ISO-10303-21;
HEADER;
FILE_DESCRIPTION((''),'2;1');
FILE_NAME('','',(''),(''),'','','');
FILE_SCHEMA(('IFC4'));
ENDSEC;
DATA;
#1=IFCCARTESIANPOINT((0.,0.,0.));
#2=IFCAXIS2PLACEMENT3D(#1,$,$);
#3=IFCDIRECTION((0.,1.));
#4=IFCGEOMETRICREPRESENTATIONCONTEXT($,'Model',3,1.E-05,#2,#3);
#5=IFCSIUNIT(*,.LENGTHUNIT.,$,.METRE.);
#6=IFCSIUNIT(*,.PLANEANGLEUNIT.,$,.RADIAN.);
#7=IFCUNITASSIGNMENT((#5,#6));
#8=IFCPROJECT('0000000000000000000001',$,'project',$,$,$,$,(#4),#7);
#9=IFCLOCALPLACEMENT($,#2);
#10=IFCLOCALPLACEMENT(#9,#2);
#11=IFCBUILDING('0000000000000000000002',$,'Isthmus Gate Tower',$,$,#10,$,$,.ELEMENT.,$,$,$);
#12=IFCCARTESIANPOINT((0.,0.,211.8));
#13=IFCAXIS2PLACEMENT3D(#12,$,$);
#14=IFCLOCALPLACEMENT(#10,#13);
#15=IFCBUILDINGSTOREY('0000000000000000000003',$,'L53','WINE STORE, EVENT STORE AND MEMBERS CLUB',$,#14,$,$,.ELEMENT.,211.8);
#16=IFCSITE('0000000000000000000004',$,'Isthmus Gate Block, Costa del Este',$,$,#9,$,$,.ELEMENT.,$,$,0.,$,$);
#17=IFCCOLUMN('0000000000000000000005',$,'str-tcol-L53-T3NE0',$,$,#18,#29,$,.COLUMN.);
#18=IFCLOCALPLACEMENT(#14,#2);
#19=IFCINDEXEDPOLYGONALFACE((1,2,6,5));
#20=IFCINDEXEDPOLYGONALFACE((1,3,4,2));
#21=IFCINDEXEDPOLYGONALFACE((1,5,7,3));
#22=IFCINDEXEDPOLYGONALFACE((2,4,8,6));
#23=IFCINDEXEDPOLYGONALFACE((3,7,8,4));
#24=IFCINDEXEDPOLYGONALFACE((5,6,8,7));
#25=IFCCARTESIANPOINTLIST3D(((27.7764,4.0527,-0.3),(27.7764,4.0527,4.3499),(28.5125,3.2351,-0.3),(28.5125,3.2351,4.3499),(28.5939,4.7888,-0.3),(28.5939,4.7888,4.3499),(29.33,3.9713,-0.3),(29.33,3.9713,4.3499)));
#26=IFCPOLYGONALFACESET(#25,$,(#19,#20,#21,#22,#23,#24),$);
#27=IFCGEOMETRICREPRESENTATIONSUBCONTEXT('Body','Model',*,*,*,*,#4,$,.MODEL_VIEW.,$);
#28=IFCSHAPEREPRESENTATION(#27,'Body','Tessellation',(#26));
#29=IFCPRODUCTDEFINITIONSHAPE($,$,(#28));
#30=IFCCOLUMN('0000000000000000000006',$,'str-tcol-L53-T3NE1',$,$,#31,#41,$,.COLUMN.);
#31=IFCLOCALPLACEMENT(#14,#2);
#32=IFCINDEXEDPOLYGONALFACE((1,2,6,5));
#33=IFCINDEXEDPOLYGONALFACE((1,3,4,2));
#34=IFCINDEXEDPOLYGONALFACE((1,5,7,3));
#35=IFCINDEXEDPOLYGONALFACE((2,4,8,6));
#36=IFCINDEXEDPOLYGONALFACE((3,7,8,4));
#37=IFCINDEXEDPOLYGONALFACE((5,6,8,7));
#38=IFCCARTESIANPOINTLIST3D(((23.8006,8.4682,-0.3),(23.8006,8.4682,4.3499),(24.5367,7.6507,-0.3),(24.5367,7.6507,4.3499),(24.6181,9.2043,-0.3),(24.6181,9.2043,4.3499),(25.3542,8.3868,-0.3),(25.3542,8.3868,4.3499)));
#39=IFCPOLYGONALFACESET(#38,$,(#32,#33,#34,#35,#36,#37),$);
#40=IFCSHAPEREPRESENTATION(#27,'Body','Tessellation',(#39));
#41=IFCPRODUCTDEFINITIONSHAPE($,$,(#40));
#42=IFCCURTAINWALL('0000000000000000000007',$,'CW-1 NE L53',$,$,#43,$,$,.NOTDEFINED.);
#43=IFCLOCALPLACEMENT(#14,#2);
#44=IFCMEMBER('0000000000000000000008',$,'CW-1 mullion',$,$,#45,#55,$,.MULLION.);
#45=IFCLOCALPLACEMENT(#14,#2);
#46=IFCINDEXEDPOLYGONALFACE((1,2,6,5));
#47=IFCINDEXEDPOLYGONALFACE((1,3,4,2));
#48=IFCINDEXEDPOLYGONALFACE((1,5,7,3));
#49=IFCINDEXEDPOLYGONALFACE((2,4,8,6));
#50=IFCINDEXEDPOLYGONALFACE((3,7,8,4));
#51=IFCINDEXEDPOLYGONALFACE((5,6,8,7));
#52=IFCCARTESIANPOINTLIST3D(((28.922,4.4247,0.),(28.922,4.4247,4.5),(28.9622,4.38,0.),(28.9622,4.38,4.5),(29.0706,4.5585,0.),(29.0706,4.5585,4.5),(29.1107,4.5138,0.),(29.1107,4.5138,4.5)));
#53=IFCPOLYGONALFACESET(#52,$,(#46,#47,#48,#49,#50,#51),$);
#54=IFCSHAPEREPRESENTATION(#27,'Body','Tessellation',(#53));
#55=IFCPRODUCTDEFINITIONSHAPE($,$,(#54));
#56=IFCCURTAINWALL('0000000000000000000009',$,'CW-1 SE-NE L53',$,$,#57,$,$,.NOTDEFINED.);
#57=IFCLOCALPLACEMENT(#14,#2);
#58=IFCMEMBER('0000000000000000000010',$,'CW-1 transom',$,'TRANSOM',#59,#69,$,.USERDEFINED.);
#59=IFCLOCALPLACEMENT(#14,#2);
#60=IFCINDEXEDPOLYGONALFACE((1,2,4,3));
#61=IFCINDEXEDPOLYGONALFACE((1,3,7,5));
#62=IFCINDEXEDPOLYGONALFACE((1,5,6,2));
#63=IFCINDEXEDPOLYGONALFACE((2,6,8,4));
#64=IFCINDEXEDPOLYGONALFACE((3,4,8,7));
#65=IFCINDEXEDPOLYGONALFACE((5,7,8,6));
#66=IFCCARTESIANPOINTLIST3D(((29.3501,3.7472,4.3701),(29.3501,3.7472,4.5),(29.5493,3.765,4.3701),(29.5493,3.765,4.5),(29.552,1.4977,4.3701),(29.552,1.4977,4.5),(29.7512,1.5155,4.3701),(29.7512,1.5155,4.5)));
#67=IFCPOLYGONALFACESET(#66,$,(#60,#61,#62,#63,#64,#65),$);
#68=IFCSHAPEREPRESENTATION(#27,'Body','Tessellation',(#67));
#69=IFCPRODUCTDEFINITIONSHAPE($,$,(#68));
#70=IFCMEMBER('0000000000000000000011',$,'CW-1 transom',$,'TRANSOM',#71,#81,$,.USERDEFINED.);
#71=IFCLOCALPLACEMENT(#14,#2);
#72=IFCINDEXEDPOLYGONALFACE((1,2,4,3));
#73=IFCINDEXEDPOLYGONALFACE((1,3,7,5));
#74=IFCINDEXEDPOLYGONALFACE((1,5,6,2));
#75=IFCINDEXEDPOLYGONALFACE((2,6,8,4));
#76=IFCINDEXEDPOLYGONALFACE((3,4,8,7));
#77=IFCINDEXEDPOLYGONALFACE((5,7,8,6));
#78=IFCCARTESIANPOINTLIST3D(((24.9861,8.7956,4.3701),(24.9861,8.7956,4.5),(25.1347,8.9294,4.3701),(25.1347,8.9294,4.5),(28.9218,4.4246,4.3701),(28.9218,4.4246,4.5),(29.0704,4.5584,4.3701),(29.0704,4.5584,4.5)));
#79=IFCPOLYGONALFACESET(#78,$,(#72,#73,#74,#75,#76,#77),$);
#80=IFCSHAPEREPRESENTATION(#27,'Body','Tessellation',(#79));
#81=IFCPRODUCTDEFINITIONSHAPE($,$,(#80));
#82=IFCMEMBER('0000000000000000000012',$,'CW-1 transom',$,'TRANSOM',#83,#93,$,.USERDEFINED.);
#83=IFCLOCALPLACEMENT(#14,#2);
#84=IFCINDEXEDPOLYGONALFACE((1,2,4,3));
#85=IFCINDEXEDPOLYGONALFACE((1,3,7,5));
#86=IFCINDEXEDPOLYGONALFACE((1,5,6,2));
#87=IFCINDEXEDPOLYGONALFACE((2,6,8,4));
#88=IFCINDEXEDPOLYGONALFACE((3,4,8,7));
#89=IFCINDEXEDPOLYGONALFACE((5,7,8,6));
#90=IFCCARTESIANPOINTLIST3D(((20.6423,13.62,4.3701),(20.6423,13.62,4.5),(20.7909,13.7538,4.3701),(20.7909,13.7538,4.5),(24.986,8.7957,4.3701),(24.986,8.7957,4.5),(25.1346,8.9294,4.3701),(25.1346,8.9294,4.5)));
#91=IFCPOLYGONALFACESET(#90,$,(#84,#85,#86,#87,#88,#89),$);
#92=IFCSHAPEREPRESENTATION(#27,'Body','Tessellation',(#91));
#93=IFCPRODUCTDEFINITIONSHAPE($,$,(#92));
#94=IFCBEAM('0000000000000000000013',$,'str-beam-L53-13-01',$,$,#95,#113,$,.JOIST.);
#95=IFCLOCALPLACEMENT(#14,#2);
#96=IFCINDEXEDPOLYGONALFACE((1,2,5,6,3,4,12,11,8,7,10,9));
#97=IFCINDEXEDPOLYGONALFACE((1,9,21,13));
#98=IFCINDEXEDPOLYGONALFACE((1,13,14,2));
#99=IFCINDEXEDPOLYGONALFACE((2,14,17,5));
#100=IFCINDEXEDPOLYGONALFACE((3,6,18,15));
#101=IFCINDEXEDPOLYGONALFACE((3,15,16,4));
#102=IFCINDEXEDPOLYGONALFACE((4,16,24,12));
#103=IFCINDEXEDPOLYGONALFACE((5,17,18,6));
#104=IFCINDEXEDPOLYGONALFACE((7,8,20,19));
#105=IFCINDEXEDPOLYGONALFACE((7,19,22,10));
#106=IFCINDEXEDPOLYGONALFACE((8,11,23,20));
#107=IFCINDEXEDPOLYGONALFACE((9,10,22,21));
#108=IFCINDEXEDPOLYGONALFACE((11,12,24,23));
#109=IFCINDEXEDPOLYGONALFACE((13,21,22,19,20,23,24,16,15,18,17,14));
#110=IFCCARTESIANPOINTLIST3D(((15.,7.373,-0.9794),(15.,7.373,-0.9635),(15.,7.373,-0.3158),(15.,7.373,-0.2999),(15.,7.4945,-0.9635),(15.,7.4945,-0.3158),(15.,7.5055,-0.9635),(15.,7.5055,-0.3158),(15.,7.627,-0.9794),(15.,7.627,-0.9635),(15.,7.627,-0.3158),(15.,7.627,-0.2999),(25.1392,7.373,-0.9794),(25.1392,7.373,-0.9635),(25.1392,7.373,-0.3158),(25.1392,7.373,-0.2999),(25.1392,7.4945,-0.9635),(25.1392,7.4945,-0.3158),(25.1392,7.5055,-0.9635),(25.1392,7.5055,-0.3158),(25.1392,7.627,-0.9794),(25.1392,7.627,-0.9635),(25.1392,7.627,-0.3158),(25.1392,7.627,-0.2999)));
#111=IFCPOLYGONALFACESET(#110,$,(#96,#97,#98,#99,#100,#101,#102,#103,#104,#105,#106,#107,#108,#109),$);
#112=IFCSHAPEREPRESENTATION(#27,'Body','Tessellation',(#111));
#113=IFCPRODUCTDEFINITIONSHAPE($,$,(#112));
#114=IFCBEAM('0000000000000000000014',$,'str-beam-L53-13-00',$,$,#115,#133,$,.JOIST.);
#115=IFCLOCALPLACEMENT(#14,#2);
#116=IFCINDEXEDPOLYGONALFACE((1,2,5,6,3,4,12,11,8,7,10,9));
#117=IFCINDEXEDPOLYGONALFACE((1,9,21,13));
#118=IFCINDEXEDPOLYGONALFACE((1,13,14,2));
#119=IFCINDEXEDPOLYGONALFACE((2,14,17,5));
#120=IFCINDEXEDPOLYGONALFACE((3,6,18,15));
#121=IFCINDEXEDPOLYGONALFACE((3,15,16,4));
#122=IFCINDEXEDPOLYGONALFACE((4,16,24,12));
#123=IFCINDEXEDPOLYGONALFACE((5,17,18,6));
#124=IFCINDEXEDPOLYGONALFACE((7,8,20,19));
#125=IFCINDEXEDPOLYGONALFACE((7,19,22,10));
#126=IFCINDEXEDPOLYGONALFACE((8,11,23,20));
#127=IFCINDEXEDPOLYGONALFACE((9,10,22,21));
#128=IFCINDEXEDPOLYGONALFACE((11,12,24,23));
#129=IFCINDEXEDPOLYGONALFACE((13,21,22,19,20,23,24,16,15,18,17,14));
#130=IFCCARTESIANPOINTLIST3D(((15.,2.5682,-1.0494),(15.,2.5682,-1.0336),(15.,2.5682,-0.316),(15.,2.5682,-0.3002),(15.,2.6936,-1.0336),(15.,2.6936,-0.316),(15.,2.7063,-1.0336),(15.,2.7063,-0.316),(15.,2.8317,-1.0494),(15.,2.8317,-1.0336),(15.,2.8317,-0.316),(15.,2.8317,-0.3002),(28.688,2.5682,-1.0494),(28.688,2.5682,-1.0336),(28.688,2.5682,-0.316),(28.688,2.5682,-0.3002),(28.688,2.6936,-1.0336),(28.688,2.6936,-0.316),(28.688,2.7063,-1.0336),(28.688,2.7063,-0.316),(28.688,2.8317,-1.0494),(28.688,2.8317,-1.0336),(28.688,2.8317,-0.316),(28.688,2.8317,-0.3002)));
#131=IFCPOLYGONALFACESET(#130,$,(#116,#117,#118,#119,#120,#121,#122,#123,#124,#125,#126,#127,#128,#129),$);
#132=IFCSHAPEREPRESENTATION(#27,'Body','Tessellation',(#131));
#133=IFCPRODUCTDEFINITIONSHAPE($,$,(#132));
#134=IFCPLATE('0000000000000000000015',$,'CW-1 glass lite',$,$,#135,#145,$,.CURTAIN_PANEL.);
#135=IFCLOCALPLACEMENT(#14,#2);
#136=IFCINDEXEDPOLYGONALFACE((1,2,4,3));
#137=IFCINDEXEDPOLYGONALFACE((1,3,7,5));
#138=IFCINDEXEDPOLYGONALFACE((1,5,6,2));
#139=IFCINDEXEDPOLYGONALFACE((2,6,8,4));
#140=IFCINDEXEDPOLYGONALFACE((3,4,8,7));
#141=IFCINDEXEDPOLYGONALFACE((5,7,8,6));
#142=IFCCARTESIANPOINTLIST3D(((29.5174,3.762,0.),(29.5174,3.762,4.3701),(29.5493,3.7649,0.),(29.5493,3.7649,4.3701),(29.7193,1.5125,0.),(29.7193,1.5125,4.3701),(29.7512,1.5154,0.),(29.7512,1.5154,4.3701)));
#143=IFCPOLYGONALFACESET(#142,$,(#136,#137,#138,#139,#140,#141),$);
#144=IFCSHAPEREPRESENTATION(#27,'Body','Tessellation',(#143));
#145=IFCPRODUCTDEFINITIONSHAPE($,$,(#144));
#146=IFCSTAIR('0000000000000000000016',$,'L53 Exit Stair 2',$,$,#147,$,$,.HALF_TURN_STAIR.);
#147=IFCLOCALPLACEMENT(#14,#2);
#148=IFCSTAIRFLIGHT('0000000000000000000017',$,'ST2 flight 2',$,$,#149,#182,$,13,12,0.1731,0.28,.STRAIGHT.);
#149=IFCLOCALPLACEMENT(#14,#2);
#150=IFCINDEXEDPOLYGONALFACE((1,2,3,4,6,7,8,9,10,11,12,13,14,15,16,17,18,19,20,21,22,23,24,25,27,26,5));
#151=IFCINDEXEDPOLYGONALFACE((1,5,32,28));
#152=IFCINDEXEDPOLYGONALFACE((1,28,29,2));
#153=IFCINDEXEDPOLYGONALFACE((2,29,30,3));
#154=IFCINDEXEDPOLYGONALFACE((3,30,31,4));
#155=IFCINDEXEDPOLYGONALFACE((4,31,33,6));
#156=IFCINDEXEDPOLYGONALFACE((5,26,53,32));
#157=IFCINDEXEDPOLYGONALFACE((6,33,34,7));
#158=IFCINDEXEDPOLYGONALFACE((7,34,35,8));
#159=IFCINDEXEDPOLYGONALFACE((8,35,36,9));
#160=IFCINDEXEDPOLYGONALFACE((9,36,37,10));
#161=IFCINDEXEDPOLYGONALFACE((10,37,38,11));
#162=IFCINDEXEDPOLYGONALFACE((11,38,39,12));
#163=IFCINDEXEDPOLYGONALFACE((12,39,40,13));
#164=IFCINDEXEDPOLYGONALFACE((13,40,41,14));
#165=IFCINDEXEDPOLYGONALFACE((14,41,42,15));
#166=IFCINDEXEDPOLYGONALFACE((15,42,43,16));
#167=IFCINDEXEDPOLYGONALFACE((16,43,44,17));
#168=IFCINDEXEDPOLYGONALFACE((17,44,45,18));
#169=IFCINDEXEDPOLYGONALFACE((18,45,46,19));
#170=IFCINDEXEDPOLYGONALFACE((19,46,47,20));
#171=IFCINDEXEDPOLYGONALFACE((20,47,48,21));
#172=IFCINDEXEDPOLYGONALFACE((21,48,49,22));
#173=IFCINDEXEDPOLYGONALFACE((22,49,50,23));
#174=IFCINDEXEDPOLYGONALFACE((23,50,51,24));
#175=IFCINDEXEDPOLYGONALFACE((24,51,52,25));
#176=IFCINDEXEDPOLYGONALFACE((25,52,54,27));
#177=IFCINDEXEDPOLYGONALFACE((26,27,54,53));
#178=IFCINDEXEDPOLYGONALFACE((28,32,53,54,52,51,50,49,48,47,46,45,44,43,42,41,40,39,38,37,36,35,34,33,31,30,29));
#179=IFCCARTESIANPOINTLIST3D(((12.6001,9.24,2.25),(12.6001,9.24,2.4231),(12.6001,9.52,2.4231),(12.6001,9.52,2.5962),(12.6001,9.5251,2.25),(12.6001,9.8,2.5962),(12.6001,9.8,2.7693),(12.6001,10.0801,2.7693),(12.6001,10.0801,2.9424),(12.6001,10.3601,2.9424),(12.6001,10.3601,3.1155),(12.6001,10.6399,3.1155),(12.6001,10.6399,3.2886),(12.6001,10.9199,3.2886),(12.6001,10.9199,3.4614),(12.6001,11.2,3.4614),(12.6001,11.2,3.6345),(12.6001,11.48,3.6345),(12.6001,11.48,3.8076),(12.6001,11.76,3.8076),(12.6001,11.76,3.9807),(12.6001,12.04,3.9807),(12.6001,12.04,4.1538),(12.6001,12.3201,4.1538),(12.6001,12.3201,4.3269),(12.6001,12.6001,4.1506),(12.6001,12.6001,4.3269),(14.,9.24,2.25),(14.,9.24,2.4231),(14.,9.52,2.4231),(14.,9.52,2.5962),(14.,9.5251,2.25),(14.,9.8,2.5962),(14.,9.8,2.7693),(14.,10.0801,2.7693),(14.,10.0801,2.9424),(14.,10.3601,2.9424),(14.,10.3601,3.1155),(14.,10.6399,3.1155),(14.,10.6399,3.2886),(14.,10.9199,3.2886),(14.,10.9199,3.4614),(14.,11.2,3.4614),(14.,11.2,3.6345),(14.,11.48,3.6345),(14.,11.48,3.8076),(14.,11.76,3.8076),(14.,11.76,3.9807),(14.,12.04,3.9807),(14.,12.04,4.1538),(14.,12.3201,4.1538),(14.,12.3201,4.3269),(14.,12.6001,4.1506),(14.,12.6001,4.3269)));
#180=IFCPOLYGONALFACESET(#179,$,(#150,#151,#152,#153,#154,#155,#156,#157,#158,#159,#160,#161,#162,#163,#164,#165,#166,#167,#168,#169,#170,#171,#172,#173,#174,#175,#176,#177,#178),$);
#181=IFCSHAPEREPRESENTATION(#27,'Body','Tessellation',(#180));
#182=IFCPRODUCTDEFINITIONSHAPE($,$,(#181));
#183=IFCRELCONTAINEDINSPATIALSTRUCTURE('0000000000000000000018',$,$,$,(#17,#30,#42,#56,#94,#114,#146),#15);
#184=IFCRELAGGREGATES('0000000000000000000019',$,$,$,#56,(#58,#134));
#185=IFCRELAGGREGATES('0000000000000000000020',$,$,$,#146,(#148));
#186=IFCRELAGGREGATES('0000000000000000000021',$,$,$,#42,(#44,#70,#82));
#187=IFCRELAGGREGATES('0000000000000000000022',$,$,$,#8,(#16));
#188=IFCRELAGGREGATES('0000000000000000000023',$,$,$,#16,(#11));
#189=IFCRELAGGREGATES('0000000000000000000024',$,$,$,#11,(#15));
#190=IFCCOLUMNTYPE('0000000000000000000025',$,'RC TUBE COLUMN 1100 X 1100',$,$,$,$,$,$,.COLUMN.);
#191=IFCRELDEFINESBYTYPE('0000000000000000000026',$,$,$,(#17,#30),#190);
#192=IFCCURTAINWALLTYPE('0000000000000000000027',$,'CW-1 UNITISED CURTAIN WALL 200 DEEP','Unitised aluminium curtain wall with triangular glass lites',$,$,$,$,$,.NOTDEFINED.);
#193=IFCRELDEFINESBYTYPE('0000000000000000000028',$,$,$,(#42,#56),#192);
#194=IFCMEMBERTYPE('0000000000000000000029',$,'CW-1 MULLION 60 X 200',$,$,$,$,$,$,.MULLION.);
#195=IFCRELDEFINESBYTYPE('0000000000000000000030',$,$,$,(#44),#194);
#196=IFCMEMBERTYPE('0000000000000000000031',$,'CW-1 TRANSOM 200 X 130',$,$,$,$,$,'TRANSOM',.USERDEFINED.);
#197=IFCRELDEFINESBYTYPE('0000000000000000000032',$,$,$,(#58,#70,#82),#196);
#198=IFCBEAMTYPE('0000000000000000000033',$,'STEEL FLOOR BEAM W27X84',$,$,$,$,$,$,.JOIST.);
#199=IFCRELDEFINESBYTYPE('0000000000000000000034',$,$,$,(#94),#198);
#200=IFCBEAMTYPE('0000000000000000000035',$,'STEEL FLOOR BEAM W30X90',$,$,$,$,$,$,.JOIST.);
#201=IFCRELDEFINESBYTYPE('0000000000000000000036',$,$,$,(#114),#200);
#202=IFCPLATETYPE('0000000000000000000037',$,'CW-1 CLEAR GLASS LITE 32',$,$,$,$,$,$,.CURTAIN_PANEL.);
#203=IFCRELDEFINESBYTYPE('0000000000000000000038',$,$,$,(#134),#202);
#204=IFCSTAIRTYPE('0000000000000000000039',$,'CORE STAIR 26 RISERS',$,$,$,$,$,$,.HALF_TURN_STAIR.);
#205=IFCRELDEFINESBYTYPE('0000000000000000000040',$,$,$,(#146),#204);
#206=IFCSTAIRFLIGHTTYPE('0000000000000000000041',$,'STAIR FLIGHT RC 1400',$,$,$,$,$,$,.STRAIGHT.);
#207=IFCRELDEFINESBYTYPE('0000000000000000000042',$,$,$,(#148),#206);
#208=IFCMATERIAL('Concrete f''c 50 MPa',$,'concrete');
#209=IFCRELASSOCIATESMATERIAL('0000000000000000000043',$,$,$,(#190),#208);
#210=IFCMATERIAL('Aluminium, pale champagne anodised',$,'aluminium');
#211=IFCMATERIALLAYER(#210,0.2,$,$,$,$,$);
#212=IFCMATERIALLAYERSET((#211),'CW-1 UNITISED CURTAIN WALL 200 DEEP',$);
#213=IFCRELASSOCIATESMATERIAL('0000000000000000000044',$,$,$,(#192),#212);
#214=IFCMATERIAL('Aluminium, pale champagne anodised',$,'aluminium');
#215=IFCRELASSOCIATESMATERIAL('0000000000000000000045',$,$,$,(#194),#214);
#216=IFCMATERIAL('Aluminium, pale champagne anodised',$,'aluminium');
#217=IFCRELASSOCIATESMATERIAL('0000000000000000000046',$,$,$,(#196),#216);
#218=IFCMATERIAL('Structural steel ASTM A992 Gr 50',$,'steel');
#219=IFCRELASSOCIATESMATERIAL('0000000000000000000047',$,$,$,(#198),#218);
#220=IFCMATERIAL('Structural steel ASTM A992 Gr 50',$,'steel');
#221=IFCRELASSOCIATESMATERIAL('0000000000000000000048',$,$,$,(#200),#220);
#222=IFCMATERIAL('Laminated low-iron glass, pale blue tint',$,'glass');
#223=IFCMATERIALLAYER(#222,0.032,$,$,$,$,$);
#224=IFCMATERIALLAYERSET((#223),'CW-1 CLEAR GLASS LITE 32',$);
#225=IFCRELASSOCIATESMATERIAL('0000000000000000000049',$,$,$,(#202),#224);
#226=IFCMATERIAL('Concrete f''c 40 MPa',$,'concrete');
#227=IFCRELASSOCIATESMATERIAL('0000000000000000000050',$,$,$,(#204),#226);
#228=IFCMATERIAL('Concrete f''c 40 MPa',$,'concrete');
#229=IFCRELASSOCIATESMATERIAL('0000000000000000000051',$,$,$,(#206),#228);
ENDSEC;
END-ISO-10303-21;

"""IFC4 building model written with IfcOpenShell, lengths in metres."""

from ifc_helpers import new_model, si_unit, direction, frame, origin, origin_2d, place, context, subcontext, project, spatial, polyline, rectangle, i_section, outline, extrude, material, layer, layer_set, material_profile, profile_set, type_object, element, aggregate, save


model = new_model("IFC4")

# Units and contexts
model_context = context("Model", 3, precision=1e-05, world=origin(), true_north=direction((0.0, 1.0)))
body_context = subcontext(model_context, "Body", "Model", "MODEL_VIEW")
ifc_project = project(units=[si_unit("LENGTHUNIT", "METRE"), si_unit("PLANEANGLEUNIT", "RADIAN")], contexts=[model_context])

# Site, building, storey
site_placement = place(None, origin())
site = spatial("IfcSite", under=ifc_project, at=site_placement, Name="Isthmus Gate Block, Costa del Este", CompositionType="ELEMENT", RefElevation=0.0)
building_placement = place(site_placement, origin())
building = spatial("IfcBuilding", under=site, at=building_placement, Name="Isthmus Gate Tower", CompositionType="ELEMENT")
storey_placement = place(building_placement, frame((0.0, 0.0, 211.8)))
storey = spatial("IfcBuildingStorey", under=building, at=storey_placement, Name="L53", Description="WINE STORE, EVENT STORE AND MEMBERS CLUB", CompositionType="ELEMENT", Elevation=211.8)

# Columns
ifc_material_1 = material(Name="Concrete f'c 50 MPa", Category="concrete")
ifc_material_profile_1 = material_profile(ifc_material_1, rectangle(XDim=1.1001, YDim=1.1001, at=origin_2d()), Name="RC 1100X1100")
ifc_profile_set_1 = profile_set([ifc_material_profile_1], Name="Concrete f'c 50 MPa")
column_type = type_object("IfcColumnType", Name="RC TUBE COLUMN 1100 X 1100", PredefinedType="COLUMN", material=ifc_profile_set_1)
for number, where, z_axis, x_axis, name in (
    (1, (28.5532, 4.012, -0.3), (0.0, 0.0, 1.0), (-0.669131, 0.743145, 0.0), "str-tcol-L53-T3NE0"),
    (2, (24.5774, 8.4275, -0.3), (0.0, 0.0, 1.0), (-0.669131, 0.743145, 0.0), "str-tcol-L53-T3NE1"),
):
    element("IfcColumn", number, at=place(storey_placement, frame(where, z_axis=z_axis, x_axis=x_axis)), inside=storey, type_object=column_type, Name=name, PredefinedType="COLUMN", context=body_context, shape_type="SweptSolid", body=[
        extrude(rectangle(XDim=1.1001, YDim=1.1001, at=origin_2d()), origin(), (0.0, 0.0, 1.0), 4.6499),
    ])

# Curtain walls, members
ifc_material_2 = material(Name="Aluminium, pale champagne anodised", Category="aluminium")
ifc_layer_1 = layer(ifc_material_2, 0.2)
ifc_layer_set_1 = layer_set([ifc_layer_1], Name="CW-1 UNITISED CURTAIN WALL 200 DEEP")
curtain_wall_type = type_object("IfcCurtainWallType", Name="CW-1 UNITISED CURTAIN WALL 200 DEEP", Description="Unitised aluminium curtain wall with triangular glass lites", PredefinedType="NOTDEFINED", material=ifc_layer_set_1)
curtain_wall_1_placement = place(storey_placement, origin())
curtain_wall_1 = element("IfcCurtainWall", 3, at=curtain_wall_1_placement, inside=storey, type_object=curtain_wall_type, Name="CW-1 NE L53", PredefinedType="NOTDEFINED")
ifc_material_3 = material(Name="Aluminium, pale champagne anodised", Category="aluminium")
ifc_material_profile_2 = material_profile(ifc_material_3, rectangle(XDim=0.0601, YDim=0.2, at=origin_2d()), Name="60x200")
ifc_profile_set_2 = profile_set([ifc_material_profile_2], Name="Aluminium, pale champagne anodised")
member_type_1 = type_object("IfcMemberType", Name="CW-1 MULLION 60 X 200", PredefinedType="MULLION", material=ifc_profile_set_2)
member_1_placement = place(storey_placement, frame((29.0164, 4.4692, 0.0), z_axis=(0.0, 0.0, 1.0), x_axis=(-0.669131, 0.743145, 0.0)))
member_1 = element("IfcMember", 4, at=member_1_placement, type_object=member_type_1, Name="CW-1 mullion", PredefinedType="MULLION", context=body_context, shape_type="SweptSolid", body=[
    extrude(rectangle(XDim=0.0601, YDim=0.2, at=origin_2d()), origin(), (0.0, 0.0, 1.0), 4.5),
])
curtain_wall_2_placement = place(storey_placement, origin())
curtain_wall_2 = element("IfcCurtainWall", 5, at=curtain_wall_2_placement, inside=storey, type_object=curtain_wall_type, Name="CW-1 SE-NE L53", PredefinedType="NOTDEFINED")
ifc_material_4 = material(Name="Aluminium, pale champagne anodised", Category="aluminium")
ifc_material_profile_3 = material_profile(ifc_material_4, rectangle(XDim=0.2, YDim=0.1299, at=origin_2d()), Name="200x130")
ifc_profile_set_3 = profile_set([ifc_material_profile_3], Name="Aluminium, pale champagne anodised")
member_type_2 = type_object("IfcMemberType", Name="CW-1 TRANSOM 200 X 130", ElementType="TRANSOM", PredefinedType="USERDEFINED", material=ifc_profile_set_3)
member_2_placement = place(storey_placement, frame((29.6516, 1.5066, 4.4351), z_axis=(-0.089395, 0.995996, 0.0), x_axis=(-0.995996, -0.089395, 0.0)))
member_2 = element("IfcMember", 6, at=member_2_placement, type_object=member_type_2, Name="CW-1 transom", ObjectType="TRANSOM", PredefinedType="USERDEFINED", context=body_context, shape_type="SweptSolid", body=[
    extrude(rectangle(XDim=0.2, YDim=0.1299, at=origin_2d()), origin(), (0.0, 0.0, 1.0), 2.2585),
])

# Members
member_3_placement = place(storey_placement, frame((28.9961, 4.4915, 4.4351), z_axis=(-0.669134, 0.743141, 0.0), x_axis=(-0.743141, -0.669134, 0.0)))
member_3 = element("IfcMember", 7, at=member_3_placement, type_object=member_type_2, Name="CW-1 transom", ObjectType="TRANSOM", PredefinedType="USERDEFINED", context=body_context, shape_type="SweptSolid", body=[
    extrude(rectangle(XDim=0.2, YDim=0.1299, at=origin_2d()), origin(), (0.0, 0.0, 1.0), 5.8818),
])
member_4_placement = place(storey_placement, frame((25.0603, 8.8625, 4.4351), z_axis=(-0.669112, 0.743161, 0.0), x_axis=(-0.743161, -0.669112, 0.0)))
member_4 = element("IfcMember", 8, at=member_4_placement, type_object=member_type_2, Name="CW-1 transom", ObjectType="TRANSOM", PredefinedType="USERDEFINED", context=body_context, shape_type="SweptSolid", body=[
    extrude(rectangle(XDim=0.2, YDim=0.1299, at=origin_2d()), origin(), (0.0, 0.0, 1.0), 6.4917),
])

# Beams
ifc_material_5 = material(Name="Structural steel ASTM A992 Gr 50", Category="steel")
ifc_material_profile_4 = material_profile(ifc_material_5, i_section(OverallWidth=0.2539, OverallDepth=0.6794, WebThickness=0.011, FlangeThickness=0.0159, at=origin_2d()), Name="W27X84")
ifc_profile_set_4 = profile_set([ifc_material_profile_4], Name="Structural steel ASTM A992 Gr 50")
beam_type_1 = type_object("IfcBeamType", Name="STEEL FLOOR BEAM W27X84", PredefinedType="JOIST", material=ifc_profile_set_4)
beam_1_placement = place(storey_placement, frame((15.0, 7.5, -0.6396), z_axis=(1.0, 0.0, 0.0), x_axis=(0.0, 1.0, 0.0)))
element("IfcBeam", 9, at=beam_1_placement, inside=storey, type_object=beam_type_1, Name="str-beam-L53-13-01", PredefinedType="JOIST", context=body_context, shape_type="SweptSolid", body=[
    extrude(i_section(OverallWidth=0.2539, OverallDepth=0.6794, WebThickness=0.011, FlangeThickness=0.0159, at=origin_2d()), origin(), (0.0, 0.0, 1.0), 10.1392),
])
ifc_material_6 = material(Name="Structural steel ASTM A992 Gr 50", Category="steel")
ifc_material_profile_5 = material_profile(ifc_material_6, i_section(OverallWidth=0.2634, OverallDepth=0.7493, WebThickness=0.0127, FlangeThickness=0.0159, at=origin_2d()), Name="W30X90")
ifc_profile_set_5 = profile_set([ifc_material_profile_5], Name="Structural steel ASTM A992 Gr 50")
beam_type_2 = type_object("IfcBeamType", Name="STEEL FLOOR BEAM W30X90", PredefinedType="JOIST", material=ifc_profile_set_5)
beam_2_placement = place(storey_placement, frame((15.0, 2.7, -0.6748), z_axis=(1.0, 0.0, 0.0), x_axis=(0.0, 1.0, 0.0)))
element("IfcBeam", 10, at=beam_2_placement, inside=storey, type_object=beam_type_2, Name="str-beam-L53-13-00", PredefinedType="JOIST", context=body_context, shape_type="SweptSolid", body=[
    extrude(i_section(OverallWidth=0.2634, OverallDepth=0.7493, WebThickness=0.0127, FlangeThickness=0.0159, at=origin_2d()), origin(), (0.0, 0.0, 1.0), 13.688),
])

# Plate
ifc_material_7 = material(Name="Laminated low-iron glass, pale blue tint", Category="glass")
ifc_layer_2 = layer(ifc_material_7, 0.032)
ifc_layer_set_2 = layer_set([ifc_layer_2], Name="CW-1 CLEAR GLASS LITE 32")
plate_type = type_object("IfcPlateType", Name="CW-1 CLEAR GLASS LITE 32", PredefinedType="CURTAIN_PANEL", material=ifc_layer_set_2)
plate_placement = place(storey_placement, frame((29.6343, 2.6387, 0.0), z_axis=(0.0, 0.0, 1.0), x_axis=(-0.089397, 0.995996, 0.0)))
plate = element("IfcPlate", 11, at=plate_placement, type_object=plate_type, Name="CW-1 glass lite", PredefinedType="CURTAIN_PANEL", context=body_context, shape_type="SweptSolid", body=[
    extrude(rectangle(XDim=2.2585, YDim=0.032, at=origin_2d()), origin(), (0.0, 0.0, 1.0), 4.3701),
])
aggregate(curtain_wall_2, [member_2, plate])

# Stair, stair flight
ifc_material_8 = material(Name="Concrete f'c 40 MPa", Category="concrete")
stair_type = type_object("IfcStairType", Name="CORE STAIR 26 RISERS", PredefinedType="HALF_TURN_STAIR", material=ifc_material_8)
stair_1_placement = place(storey_placement, origin())
stair_1 = element("IfcStair", 12, at=stair_1_placement, inside=storey, type_object=stair_type, Name="L53 Exit Stair 2", PredefinedType="HALF_TURN_STAIR")
ifc_material_9 = material(Name="Concrete f'c 40 MPa", Category="concrete")
stair_flight_type = type_object("IfcStairFlightType", Name="STAIR FLIGHT RC 1400", PredefinedType="STRAIGHT", material=ifc_material_9)
stair_flight_1_placement = place(storey_placement, frame((13.3, 9.24, 2.25), z_axis=(0.0, 0.0, 1.0), x_axis=(0.0, 1.0, 0.0)))
stair_flight_1 = element("IfcStairFlight", 13, at=stair_flight_1_placement, type_object=stair_flight_type, Name="ST2 flight 2", NumberOfRisers=13, NumberOfTreads=12, PredefinedType="STRAIGHT", RiserHeight=0.1731, TreadLength=0.28, context=body_context, shape_type="SweptSolid", body=[
    extrude(outline(polyline([(0.0, 0.0), (0.0, 0.1731), (0.28, 0.1731), (0.28, 0.3462), (0.5601, 0.3462), (0.5601, 0.5193), (0.8401, 0.5193), (0.8401, 0.6924), (1.1201, 0.6924), (1.1201, 0.8655), (1.3999, 0.8655), (1.3999, 1.0386), (1.6799, 1.0386), (1.6799, 1.2114), (1.96, 1.2114), (1.96, 1.3845), (2.24, 1.3845), (2.24, 1.5576), (2.52, 1.5576), (2.52, 1.7307), (2.8, 1.7307), (2.8, 1.9038), (3.0801, 1.9038), (3.0801, 2.0769), (3.3601, 2.0769), (3.3601, 2.25), (3.3601, 1.9006), (0.2852, 0.0), (0.0, 0.0)])), frame((0.0, 0.7, 0.0), z_axis=(0.0, -1.0, 0.0), x_axis=(1.0, 0.0, 0.0)), (0.0, 0.0, 1.0), 1.3999),
])
aggregate(stair_1, [stair_flight_1])

aggregate(curtain_wall_1, [member_1, member_3, member_4])

save(model, "model.ifc")
